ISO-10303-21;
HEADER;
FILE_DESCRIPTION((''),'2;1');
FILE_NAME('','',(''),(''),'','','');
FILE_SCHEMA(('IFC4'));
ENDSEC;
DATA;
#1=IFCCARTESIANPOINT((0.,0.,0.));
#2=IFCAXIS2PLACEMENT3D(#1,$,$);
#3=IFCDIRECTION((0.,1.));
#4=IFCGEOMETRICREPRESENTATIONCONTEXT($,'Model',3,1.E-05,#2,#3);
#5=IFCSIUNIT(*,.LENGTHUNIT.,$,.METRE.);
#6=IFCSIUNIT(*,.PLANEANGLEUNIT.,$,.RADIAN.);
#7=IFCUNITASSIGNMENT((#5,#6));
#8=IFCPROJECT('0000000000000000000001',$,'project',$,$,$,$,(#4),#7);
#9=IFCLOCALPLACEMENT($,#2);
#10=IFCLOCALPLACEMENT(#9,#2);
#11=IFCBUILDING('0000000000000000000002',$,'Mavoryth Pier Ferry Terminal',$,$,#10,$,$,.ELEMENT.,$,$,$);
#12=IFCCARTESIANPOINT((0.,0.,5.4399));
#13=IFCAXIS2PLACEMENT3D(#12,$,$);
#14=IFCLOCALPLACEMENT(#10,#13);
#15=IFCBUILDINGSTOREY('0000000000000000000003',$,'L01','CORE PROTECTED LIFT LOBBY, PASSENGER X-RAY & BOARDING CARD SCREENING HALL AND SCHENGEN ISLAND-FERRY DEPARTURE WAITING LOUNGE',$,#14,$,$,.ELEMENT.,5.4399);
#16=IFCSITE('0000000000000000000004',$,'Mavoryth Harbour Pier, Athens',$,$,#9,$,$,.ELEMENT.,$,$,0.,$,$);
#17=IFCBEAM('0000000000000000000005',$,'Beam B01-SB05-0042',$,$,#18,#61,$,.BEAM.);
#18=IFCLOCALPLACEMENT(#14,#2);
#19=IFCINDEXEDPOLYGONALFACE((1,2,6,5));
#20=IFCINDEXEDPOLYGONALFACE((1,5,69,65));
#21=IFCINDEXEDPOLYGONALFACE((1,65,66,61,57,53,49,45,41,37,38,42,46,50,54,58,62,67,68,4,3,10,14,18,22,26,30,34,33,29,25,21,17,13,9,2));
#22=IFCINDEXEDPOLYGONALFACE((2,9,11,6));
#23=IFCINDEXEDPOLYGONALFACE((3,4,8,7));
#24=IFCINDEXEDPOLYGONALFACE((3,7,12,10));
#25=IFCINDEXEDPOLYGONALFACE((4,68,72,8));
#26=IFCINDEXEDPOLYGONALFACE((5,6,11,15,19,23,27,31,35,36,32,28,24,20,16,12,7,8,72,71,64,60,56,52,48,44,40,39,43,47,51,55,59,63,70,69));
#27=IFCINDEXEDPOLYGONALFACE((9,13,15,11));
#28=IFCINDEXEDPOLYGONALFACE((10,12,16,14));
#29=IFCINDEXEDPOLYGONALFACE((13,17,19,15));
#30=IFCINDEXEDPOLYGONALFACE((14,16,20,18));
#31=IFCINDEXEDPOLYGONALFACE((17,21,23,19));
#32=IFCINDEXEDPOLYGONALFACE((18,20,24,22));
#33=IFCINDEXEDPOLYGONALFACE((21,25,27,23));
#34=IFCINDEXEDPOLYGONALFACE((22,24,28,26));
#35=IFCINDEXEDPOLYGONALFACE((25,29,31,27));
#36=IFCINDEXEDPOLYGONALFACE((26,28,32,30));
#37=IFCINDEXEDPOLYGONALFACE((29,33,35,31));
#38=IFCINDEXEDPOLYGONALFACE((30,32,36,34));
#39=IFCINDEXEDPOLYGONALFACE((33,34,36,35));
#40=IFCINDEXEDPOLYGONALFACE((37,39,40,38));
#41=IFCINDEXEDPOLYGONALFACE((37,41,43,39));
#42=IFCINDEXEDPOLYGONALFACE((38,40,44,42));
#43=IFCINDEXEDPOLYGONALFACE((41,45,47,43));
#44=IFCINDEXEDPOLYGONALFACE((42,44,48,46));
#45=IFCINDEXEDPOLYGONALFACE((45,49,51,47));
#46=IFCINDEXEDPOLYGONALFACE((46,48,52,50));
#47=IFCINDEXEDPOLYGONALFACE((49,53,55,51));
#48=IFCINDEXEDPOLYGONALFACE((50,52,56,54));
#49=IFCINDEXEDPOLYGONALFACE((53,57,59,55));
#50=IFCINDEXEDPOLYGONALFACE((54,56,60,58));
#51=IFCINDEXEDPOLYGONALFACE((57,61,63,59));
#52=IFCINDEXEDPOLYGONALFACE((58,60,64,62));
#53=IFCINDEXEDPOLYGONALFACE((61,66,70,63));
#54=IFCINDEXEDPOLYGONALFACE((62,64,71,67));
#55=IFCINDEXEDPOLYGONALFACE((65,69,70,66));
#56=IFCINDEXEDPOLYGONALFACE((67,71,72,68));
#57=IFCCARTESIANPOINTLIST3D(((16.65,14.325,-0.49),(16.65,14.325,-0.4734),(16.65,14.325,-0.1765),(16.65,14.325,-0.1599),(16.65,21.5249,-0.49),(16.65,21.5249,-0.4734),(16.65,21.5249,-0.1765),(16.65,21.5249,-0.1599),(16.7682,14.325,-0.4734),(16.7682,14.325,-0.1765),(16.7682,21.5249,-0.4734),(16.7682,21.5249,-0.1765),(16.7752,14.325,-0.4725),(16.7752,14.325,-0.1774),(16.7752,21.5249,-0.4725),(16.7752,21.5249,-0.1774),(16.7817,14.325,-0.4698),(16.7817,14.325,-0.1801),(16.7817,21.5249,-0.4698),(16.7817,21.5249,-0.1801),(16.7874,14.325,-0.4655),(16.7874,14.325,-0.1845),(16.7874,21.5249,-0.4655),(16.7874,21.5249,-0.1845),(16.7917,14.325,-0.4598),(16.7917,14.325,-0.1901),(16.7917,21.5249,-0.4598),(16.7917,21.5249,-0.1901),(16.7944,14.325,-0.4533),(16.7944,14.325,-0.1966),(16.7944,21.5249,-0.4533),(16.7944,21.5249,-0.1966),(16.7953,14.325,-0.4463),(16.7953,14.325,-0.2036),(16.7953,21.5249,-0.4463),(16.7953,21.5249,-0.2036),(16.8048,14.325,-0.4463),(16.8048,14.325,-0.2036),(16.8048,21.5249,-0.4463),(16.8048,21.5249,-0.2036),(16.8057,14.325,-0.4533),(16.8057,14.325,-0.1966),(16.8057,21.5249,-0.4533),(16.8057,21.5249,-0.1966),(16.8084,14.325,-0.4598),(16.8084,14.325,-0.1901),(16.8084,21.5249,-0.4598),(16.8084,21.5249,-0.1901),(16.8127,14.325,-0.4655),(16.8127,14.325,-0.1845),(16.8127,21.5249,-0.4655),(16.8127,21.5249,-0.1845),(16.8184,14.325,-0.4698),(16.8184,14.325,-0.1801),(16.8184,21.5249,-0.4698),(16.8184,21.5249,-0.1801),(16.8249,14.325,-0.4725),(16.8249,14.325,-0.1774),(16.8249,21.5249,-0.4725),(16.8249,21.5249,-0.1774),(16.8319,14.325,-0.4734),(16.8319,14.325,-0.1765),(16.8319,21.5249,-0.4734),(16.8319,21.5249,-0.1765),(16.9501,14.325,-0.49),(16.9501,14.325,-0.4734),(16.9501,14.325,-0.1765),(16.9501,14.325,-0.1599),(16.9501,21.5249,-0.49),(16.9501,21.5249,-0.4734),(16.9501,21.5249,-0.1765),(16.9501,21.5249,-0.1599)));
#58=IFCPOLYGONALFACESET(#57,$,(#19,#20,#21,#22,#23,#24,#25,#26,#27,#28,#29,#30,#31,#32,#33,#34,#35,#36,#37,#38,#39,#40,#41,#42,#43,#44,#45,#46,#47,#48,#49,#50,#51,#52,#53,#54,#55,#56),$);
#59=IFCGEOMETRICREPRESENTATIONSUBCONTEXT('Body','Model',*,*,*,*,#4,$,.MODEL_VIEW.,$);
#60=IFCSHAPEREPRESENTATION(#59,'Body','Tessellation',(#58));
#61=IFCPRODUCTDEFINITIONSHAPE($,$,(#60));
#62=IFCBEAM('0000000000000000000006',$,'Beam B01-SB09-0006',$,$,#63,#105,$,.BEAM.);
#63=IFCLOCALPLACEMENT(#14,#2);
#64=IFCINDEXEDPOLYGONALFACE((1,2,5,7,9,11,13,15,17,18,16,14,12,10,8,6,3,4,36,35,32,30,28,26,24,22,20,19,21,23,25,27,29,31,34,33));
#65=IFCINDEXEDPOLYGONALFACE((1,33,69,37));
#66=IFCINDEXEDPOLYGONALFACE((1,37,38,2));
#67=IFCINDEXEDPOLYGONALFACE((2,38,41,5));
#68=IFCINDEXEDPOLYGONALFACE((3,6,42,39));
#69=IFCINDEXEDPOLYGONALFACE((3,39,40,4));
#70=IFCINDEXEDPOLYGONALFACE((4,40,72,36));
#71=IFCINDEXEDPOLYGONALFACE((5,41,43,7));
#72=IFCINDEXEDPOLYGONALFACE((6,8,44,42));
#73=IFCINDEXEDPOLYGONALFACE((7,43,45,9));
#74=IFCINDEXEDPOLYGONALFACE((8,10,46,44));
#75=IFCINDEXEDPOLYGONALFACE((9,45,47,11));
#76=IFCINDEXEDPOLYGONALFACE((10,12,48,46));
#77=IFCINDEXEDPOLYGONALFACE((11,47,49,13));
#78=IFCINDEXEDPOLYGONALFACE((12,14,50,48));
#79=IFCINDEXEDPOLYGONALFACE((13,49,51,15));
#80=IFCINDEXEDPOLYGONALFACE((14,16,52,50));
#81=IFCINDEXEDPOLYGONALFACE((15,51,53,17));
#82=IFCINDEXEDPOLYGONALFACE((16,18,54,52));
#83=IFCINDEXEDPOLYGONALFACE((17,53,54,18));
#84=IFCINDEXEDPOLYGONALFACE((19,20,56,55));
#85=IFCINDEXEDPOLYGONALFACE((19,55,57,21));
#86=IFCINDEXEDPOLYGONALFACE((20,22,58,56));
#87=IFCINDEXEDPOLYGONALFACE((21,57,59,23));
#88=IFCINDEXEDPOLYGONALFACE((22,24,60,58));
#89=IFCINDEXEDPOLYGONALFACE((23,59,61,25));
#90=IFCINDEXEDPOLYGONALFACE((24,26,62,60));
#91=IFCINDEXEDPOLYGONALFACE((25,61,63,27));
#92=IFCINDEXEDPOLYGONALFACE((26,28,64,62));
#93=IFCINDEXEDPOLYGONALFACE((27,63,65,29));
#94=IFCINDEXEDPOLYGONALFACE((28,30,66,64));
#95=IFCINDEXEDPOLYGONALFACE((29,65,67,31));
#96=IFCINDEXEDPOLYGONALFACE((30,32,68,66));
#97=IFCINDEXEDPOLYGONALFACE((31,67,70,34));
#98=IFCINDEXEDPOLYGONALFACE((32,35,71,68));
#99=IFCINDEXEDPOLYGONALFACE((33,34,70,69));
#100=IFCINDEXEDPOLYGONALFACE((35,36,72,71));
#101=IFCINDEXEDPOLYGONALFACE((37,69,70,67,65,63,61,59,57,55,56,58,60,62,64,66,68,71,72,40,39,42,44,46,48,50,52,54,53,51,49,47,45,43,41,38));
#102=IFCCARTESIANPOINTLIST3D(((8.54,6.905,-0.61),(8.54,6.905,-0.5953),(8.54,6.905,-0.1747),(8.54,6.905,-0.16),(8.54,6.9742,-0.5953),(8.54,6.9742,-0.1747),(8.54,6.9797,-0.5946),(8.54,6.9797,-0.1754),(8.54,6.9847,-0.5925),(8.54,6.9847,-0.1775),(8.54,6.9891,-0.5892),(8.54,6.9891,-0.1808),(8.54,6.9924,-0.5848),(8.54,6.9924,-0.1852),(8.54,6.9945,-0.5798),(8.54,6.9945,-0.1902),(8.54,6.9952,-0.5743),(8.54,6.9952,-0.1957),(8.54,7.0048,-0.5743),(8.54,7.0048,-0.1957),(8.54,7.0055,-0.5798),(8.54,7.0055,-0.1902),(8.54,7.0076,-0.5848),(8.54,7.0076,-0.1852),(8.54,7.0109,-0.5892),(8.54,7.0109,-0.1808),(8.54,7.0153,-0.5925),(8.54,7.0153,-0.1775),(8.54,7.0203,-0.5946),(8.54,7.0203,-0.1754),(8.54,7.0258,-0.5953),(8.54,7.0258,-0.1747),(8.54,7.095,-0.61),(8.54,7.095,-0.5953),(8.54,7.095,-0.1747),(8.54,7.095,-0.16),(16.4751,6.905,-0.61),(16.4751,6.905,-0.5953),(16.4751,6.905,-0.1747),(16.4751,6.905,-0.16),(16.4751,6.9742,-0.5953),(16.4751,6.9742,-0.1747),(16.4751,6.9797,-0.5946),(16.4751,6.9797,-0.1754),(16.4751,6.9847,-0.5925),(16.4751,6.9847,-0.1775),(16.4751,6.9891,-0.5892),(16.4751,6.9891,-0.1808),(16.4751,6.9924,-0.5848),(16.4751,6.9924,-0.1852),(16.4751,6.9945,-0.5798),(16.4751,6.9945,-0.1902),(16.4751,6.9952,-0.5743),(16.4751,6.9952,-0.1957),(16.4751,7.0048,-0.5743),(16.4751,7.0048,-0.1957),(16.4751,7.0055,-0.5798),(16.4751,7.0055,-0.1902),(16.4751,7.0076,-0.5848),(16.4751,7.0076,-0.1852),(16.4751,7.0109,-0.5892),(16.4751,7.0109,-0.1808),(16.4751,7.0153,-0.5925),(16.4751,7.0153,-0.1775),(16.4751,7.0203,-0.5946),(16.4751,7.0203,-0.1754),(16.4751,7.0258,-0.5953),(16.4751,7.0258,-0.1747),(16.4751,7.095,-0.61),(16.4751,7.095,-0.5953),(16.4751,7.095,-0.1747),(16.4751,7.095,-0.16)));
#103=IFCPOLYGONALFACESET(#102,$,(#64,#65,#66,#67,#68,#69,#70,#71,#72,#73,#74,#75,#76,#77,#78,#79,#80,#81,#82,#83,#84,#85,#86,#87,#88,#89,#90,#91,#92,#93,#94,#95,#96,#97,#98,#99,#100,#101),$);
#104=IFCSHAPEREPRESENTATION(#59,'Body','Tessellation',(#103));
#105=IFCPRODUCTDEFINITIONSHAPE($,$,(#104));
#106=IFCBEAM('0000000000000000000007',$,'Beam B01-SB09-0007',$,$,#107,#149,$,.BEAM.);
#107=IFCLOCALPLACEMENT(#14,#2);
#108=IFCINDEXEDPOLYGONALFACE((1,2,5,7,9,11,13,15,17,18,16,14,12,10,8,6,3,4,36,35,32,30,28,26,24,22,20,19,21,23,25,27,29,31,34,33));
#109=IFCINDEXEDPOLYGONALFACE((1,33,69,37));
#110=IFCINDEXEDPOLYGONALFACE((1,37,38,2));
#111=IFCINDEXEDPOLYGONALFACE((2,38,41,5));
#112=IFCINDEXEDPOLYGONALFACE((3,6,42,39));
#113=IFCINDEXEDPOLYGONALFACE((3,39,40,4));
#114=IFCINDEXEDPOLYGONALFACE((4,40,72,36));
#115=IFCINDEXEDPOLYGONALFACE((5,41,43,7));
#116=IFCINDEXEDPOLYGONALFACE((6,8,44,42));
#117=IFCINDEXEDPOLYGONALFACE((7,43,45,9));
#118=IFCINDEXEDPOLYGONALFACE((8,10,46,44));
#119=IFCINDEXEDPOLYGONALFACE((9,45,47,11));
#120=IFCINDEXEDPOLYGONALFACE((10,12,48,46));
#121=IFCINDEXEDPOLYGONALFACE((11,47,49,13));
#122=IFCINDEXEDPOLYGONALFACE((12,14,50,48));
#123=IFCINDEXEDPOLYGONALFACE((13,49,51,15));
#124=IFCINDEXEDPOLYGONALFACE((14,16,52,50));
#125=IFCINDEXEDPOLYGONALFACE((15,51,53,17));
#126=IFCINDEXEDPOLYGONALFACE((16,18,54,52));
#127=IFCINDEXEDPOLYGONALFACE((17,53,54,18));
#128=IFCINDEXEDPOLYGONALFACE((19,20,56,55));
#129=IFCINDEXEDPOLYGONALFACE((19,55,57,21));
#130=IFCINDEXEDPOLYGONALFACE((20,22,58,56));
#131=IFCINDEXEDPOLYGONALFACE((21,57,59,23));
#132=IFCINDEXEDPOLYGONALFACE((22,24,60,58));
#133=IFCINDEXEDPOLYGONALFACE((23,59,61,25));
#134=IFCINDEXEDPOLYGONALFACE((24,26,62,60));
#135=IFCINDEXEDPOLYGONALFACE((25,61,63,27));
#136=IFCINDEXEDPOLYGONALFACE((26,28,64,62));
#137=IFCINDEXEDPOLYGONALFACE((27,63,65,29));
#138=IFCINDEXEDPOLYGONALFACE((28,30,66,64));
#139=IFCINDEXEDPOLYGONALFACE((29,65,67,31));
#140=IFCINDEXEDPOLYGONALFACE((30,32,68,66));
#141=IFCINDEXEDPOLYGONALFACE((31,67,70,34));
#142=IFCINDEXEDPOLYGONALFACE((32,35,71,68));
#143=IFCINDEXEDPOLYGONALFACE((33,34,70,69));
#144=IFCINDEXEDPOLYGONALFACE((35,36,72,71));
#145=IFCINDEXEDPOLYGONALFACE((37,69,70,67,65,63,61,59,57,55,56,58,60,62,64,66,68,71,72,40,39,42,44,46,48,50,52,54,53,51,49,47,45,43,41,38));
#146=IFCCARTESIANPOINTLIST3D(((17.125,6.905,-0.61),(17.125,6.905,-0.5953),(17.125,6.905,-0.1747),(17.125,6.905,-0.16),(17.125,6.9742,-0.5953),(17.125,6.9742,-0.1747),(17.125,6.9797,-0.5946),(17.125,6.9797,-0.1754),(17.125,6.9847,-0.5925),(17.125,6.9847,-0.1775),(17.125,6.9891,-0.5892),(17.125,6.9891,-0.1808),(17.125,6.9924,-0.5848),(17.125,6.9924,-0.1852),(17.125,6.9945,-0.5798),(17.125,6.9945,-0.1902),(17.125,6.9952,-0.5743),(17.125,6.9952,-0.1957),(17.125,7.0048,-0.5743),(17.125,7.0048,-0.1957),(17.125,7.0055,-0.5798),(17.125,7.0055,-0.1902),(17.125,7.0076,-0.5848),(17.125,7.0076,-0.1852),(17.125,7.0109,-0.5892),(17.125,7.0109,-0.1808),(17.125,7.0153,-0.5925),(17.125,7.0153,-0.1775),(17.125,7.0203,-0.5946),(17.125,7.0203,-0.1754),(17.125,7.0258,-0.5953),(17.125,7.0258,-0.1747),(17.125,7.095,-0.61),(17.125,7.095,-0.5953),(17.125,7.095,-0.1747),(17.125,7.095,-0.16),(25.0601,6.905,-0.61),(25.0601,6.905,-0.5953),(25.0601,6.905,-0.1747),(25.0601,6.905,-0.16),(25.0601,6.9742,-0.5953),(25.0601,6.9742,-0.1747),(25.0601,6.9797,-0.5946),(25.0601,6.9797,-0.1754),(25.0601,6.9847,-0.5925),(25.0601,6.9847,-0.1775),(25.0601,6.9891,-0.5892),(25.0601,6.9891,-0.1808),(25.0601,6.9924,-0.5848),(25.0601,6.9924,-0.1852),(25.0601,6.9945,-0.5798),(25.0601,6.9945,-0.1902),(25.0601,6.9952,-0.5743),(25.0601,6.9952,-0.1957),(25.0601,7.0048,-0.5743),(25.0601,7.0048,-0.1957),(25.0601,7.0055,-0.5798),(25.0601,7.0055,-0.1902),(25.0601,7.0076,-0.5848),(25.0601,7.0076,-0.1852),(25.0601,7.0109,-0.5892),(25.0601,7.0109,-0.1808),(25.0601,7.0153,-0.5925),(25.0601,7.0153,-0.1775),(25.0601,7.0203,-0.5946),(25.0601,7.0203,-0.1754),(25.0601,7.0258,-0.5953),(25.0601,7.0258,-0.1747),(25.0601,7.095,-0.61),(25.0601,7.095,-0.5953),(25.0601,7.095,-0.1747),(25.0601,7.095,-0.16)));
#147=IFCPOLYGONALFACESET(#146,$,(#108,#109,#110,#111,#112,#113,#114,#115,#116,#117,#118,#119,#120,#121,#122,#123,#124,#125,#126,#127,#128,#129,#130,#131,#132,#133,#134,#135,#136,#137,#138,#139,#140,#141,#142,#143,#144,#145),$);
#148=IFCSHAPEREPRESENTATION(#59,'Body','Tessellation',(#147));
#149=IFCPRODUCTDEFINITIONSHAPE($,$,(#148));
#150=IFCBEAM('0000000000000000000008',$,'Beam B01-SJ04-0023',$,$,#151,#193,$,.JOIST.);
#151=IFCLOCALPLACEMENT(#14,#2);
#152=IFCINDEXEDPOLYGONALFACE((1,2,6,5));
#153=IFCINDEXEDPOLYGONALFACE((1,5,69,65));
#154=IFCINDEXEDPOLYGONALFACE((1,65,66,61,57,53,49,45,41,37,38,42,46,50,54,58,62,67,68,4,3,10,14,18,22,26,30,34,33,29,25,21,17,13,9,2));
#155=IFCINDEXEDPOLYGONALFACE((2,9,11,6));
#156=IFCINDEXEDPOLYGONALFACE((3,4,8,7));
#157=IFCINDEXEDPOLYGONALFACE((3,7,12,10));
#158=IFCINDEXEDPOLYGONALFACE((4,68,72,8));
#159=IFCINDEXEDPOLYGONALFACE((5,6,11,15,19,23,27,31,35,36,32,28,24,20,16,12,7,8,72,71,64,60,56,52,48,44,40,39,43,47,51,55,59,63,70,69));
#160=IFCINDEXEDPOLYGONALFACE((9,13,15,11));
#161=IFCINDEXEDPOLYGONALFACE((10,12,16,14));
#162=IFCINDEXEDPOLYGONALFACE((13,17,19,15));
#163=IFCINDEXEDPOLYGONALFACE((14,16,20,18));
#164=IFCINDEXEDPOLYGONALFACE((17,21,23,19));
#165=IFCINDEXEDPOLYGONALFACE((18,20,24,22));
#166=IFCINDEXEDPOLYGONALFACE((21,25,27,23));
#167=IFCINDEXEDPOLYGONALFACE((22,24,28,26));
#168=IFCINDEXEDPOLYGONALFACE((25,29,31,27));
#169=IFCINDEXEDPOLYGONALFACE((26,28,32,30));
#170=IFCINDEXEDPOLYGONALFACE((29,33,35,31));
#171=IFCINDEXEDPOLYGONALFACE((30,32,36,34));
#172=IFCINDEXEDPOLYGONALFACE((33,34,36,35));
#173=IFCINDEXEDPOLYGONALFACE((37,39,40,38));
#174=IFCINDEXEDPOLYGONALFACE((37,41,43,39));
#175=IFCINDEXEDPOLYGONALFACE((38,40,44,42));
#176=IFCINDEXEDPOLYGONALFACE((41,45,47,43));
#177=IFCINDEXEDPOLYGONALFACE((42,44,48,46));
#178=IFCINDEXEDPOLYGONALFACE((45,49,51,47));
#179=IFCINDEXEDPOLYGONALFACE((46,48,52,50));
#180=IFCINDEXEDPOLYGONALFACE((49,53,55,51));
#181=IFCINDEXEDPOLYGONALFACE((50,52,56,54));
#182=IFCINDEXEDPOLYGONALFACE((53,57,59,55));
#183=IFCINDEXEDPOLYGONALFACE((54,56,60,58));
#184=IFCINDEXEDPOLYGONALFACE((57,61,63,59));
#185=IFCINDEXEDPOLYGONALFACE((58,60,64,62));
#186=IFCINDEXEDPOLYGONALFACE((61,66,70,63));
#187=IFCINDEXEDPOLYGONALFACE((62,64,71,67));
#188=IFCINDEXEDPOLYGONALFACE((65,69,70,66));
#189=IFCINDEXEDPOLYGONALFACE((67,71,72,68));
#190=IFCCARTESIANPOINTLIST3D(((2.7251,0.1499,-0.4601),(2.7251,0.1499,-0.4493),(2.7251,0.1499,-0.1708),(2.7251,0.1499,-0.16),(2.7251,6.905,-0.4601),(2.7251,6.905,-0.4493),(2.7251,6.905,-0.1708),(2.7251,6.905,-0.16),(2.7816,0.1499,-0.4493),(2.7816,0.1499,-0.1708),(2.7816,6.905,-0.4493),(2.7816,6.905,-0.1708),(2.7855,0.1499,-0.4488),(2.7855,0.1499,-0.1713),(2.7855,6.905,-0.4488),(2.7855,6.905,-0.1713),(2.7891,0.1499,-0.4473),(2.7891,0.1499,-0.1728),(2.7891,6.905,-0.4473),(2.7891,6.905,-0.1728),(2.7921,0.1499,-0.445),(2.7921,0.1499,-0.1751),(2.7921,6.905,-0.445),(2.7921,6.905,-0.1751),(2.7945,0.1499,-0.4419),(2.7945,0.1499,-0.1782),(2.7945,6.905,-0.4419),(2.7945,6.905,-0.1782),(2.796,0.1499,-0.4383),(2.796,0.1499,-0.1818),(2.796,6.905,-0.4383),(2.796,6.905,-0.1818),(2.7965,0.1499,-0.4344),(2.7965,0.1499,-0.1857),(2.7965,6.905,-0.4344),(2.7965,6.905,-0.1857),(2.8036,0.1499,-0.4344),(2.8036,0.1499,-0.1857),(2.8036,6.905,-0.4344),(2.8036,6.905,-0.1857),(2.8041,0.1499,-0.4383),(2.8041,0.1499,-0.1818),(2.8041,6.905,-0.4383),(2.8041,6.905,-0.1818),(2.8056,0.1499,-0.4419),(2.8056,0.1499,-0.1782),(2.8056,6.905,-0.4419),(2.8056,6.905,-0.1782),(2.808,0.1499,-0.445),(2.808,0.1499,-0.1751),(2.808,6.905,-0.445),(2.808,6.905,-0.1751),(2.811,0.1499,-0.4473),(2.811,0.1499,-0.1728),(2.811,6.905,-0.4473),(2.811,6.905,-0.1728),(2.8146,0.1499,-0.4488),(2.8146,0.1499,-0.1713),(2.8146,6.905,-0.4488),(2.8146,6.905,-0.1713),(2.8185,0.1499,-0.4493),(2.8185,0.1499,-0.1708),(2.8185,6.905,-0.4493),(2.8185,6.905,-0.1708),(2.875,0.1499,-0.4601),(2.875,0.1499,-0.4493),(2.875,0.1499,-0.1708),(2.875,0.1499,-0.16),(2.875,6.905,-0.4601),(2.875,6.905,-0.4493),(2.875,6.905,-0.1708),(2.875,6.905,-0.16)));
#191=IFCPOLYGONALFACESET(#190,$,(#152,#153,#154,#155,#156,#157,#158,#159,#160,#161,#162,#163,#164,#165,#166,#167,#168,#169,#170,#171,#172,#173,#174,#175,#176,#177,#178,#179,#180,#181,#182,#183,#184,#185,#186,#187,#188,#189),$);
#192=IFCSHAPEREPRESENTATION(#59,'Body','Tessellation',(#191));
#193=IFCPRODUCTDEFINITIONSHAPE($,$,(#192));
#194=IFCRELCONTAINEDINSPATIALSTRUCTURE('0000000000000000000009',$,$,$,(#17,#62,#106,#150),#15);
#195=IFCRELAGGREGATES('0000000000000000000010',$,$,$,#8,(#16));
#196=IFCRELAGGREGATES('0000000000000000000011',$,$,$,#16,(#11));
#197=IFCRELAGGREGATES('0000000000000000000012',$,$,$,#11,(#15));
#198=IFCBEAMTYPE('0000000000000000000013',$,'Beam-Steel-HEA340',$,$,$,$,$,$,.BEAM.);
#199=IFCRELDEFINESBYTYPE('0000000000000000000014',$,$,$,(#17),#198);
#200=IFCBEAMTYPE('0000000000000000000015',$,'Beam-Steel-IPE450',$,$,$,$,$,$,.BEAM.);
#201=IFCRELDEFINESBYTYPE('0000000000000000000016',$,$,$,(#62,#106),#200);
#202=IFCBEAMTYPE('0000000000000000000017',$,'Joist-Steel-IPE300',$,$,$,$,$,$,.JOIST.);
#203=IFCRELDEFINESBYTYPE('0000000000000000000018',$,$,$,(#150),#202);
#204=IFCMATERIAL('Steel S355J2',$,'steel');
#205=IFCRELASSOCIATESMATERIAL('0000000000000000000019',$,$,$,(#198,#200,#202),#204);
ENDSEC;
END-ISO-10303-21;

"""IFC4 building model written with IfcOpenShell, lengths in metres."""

from ifc_helpers import new_model, si_unit, direction, frame, origin, origin_2d, place, context, subcontext, project, spatial, i_section, extrude, material, material_profile, profile_set, type_object, element, save


model = new_model("IFC4")

# Units and contexts
model_context = context("Model", 3, precision=1e-05, world=origin(), true_north=direction((0.0, 1.0)))
body_context = subcontext(model_context, "Body", "Model", "MODEL_VIEW")
ifc_project = project(units=[si_unit("LENGTHUNIT", "METRE"), si_unit("PLANEANGLEUNIT", "RADIAN")], contexts=[model_context])

# Site, building, storey
site_placement = place(None, origin())
site = spatial("IfcSite", under=ifc_project, at=site_placement, Name="Mavoryth Harbour Pier, Athens", CompositionType="ELEMENT", RefElevation=0.0)
building_placement = place(site_placement, origin())
building = spatial("IfcBuilding", under=site, at=building_placement, Name="Mavoryth Pier Ferry Terminal", CompositionType="ELEMENT")
storey_placement = place(building_placement, frame((0.0, 0.0, 5.4399)))
storey = spatial("IfcBuildingStorey", under=building, at=storey_placement, Name="L01", Description="CORE PROTECTED LIFT LOBBY, PASSENGER X-RAY & BOARDING CARD SCREENING HALL AND SCHENGEN ISLAND-FERRY DEPARTURE WAITING LOUNGE", CompositionType="ELEMENT", Elevation=5.4399)

# Beams
ifc_material_1 = material(Name="Steel S355J2", Category="steel")
ifc_material_profile_1 = material_profile(ifc_material_1, i_section(OverallWidth=0.3, OverallDepth=0.3301, WebThickness=0.0095, FlangeThickness=0.0166, FilletRadius=0.0271, at=origin_2d()), Name="HEA 340", Category="steel")
ifc_profile_set_1 = profile_set([ifc_material_profile_1], Name="Steel S355J2 - HEA 340")
beam_type_1 = type_object("IfcBeamType", Name="Beam-Steel-HEA340", PredefinedType="BEAM", material=ifc_profile_set_1)
beam_1_placement = place(storey_placement, frame((16.8, 14.325, -0.325), z_axis=(0.0, 1.0, 0.0), x_axis=(-1.0, 0.0, 0.0)))
element("IfcBeam", 1, at=beam_1_placement, inside=storey, type_object=beam_type_1, Name="Beam B01-SB05-0042", PredefinedType="BEAM", context=body_context, shape_type="SweptSolid", body=[
    extrude(i_section(OverallWidth=0.3, OverallDepth=0.3301, WebThickness=0.0095, FlangeThickness=0.0166, FilletRadius=0.0271, at=origin_2d()), origin(), (0.0, 0.0, 1.0), 7.2),
])
ifc_material_profile_2 = material_profile(ifc_material_1, i_section(OverallWidth=0.1899, OverallDepth=0.45, WebThickness=0.0095, FlangeThickness=0.0146, FilletRadius=0.021, at=origin_2d()), Name="IPE 450", Category="steel")
ifc_profile_set_2 = profile_set([ifc_material_profile_2], Name="Steel S355J2 - IPE 450")
beam_type_2 = type_object("IfcBeamType", Name="Beam-Steel-IPE450", PredefinedType="BEAM", material=ifc_profile_set_2)
for number, where, z_axis, x_axis, name in (
    (2, (8.54, 7.0, -0.385), (1.0, 0.0, 0.0), (0.0, 1.0, 0.0), "Beam B01-SB09-0006"),
    (3, (17.125, 7.0, -0.385), (1.0, 0.0, 0.0), (0.0, 1.0, 0.0), "Beam B01-SB09-0007"),
):
    element("IfcBeam", number, at=place(storey_placement, frame(where, z_axis=z_axis, x_axis=x_axis)), inside=storey, type_object=beam_type_2, Name=name, PredefinedType="BEAM", context=body_context, shape_type="SweptSolid", body=[
        extrude(i_section(OverallWidth=0.1899, OverallDepth=0.45, WebThickness=0.0095, FlangeThickness=0.0146, FilletRadius=0.021, at=origin_2d()), origin(), (0.0, 0.0, 1.0), 7.9351),
    ])
ifc_material_profile_3 = material_profile(ifc_material_1, i_section(OverallWidth=0.1499, OverallDepth=0.3, WebThickness=0.0071, FlangeThickness=0.0107, FilletRadius=0.0149, at=origin_2d()), Name="IPE 300", Category="steel")
ifc_profile_set_3 = profile_set([ifc_material_profile_3], Name="Steel S355J2 - IPE 300")
beam_type_3 = type_object("IfcBeamType", Name="Joist-Steel-IPE300", PredefinedType="JOIST", material=ifc_profile_set_3)
for number, where, z_axis, x_axis, name in (
    (4, (2.8, 0.1499, -0.3101), (0.0, 1.0, 0.0), (-1.0, 0.0, 0.0), "Beam B01-SJ04-0023"),
):
    element("IfcBeam", number, at=place(storey_placement, frame(where, z_axis=z_axis, x_axis=x_axis)), inside=storey, type_object=beam_type_3, Name=name, PredefinedType="JOIST", context=body_context, shape_type="SweptSolid", body=[
        extrude(i_section(OverallWidth=0.1499, OverallDepth=0.3, WebThickness=0.0071, FlangeThickness=0.0107, FilletRadius=0.0149, at=origin_2d()), origin(), (0.0, 0.0, 1.0), 6.7551),
    ])

save(model, "model.ifc")
